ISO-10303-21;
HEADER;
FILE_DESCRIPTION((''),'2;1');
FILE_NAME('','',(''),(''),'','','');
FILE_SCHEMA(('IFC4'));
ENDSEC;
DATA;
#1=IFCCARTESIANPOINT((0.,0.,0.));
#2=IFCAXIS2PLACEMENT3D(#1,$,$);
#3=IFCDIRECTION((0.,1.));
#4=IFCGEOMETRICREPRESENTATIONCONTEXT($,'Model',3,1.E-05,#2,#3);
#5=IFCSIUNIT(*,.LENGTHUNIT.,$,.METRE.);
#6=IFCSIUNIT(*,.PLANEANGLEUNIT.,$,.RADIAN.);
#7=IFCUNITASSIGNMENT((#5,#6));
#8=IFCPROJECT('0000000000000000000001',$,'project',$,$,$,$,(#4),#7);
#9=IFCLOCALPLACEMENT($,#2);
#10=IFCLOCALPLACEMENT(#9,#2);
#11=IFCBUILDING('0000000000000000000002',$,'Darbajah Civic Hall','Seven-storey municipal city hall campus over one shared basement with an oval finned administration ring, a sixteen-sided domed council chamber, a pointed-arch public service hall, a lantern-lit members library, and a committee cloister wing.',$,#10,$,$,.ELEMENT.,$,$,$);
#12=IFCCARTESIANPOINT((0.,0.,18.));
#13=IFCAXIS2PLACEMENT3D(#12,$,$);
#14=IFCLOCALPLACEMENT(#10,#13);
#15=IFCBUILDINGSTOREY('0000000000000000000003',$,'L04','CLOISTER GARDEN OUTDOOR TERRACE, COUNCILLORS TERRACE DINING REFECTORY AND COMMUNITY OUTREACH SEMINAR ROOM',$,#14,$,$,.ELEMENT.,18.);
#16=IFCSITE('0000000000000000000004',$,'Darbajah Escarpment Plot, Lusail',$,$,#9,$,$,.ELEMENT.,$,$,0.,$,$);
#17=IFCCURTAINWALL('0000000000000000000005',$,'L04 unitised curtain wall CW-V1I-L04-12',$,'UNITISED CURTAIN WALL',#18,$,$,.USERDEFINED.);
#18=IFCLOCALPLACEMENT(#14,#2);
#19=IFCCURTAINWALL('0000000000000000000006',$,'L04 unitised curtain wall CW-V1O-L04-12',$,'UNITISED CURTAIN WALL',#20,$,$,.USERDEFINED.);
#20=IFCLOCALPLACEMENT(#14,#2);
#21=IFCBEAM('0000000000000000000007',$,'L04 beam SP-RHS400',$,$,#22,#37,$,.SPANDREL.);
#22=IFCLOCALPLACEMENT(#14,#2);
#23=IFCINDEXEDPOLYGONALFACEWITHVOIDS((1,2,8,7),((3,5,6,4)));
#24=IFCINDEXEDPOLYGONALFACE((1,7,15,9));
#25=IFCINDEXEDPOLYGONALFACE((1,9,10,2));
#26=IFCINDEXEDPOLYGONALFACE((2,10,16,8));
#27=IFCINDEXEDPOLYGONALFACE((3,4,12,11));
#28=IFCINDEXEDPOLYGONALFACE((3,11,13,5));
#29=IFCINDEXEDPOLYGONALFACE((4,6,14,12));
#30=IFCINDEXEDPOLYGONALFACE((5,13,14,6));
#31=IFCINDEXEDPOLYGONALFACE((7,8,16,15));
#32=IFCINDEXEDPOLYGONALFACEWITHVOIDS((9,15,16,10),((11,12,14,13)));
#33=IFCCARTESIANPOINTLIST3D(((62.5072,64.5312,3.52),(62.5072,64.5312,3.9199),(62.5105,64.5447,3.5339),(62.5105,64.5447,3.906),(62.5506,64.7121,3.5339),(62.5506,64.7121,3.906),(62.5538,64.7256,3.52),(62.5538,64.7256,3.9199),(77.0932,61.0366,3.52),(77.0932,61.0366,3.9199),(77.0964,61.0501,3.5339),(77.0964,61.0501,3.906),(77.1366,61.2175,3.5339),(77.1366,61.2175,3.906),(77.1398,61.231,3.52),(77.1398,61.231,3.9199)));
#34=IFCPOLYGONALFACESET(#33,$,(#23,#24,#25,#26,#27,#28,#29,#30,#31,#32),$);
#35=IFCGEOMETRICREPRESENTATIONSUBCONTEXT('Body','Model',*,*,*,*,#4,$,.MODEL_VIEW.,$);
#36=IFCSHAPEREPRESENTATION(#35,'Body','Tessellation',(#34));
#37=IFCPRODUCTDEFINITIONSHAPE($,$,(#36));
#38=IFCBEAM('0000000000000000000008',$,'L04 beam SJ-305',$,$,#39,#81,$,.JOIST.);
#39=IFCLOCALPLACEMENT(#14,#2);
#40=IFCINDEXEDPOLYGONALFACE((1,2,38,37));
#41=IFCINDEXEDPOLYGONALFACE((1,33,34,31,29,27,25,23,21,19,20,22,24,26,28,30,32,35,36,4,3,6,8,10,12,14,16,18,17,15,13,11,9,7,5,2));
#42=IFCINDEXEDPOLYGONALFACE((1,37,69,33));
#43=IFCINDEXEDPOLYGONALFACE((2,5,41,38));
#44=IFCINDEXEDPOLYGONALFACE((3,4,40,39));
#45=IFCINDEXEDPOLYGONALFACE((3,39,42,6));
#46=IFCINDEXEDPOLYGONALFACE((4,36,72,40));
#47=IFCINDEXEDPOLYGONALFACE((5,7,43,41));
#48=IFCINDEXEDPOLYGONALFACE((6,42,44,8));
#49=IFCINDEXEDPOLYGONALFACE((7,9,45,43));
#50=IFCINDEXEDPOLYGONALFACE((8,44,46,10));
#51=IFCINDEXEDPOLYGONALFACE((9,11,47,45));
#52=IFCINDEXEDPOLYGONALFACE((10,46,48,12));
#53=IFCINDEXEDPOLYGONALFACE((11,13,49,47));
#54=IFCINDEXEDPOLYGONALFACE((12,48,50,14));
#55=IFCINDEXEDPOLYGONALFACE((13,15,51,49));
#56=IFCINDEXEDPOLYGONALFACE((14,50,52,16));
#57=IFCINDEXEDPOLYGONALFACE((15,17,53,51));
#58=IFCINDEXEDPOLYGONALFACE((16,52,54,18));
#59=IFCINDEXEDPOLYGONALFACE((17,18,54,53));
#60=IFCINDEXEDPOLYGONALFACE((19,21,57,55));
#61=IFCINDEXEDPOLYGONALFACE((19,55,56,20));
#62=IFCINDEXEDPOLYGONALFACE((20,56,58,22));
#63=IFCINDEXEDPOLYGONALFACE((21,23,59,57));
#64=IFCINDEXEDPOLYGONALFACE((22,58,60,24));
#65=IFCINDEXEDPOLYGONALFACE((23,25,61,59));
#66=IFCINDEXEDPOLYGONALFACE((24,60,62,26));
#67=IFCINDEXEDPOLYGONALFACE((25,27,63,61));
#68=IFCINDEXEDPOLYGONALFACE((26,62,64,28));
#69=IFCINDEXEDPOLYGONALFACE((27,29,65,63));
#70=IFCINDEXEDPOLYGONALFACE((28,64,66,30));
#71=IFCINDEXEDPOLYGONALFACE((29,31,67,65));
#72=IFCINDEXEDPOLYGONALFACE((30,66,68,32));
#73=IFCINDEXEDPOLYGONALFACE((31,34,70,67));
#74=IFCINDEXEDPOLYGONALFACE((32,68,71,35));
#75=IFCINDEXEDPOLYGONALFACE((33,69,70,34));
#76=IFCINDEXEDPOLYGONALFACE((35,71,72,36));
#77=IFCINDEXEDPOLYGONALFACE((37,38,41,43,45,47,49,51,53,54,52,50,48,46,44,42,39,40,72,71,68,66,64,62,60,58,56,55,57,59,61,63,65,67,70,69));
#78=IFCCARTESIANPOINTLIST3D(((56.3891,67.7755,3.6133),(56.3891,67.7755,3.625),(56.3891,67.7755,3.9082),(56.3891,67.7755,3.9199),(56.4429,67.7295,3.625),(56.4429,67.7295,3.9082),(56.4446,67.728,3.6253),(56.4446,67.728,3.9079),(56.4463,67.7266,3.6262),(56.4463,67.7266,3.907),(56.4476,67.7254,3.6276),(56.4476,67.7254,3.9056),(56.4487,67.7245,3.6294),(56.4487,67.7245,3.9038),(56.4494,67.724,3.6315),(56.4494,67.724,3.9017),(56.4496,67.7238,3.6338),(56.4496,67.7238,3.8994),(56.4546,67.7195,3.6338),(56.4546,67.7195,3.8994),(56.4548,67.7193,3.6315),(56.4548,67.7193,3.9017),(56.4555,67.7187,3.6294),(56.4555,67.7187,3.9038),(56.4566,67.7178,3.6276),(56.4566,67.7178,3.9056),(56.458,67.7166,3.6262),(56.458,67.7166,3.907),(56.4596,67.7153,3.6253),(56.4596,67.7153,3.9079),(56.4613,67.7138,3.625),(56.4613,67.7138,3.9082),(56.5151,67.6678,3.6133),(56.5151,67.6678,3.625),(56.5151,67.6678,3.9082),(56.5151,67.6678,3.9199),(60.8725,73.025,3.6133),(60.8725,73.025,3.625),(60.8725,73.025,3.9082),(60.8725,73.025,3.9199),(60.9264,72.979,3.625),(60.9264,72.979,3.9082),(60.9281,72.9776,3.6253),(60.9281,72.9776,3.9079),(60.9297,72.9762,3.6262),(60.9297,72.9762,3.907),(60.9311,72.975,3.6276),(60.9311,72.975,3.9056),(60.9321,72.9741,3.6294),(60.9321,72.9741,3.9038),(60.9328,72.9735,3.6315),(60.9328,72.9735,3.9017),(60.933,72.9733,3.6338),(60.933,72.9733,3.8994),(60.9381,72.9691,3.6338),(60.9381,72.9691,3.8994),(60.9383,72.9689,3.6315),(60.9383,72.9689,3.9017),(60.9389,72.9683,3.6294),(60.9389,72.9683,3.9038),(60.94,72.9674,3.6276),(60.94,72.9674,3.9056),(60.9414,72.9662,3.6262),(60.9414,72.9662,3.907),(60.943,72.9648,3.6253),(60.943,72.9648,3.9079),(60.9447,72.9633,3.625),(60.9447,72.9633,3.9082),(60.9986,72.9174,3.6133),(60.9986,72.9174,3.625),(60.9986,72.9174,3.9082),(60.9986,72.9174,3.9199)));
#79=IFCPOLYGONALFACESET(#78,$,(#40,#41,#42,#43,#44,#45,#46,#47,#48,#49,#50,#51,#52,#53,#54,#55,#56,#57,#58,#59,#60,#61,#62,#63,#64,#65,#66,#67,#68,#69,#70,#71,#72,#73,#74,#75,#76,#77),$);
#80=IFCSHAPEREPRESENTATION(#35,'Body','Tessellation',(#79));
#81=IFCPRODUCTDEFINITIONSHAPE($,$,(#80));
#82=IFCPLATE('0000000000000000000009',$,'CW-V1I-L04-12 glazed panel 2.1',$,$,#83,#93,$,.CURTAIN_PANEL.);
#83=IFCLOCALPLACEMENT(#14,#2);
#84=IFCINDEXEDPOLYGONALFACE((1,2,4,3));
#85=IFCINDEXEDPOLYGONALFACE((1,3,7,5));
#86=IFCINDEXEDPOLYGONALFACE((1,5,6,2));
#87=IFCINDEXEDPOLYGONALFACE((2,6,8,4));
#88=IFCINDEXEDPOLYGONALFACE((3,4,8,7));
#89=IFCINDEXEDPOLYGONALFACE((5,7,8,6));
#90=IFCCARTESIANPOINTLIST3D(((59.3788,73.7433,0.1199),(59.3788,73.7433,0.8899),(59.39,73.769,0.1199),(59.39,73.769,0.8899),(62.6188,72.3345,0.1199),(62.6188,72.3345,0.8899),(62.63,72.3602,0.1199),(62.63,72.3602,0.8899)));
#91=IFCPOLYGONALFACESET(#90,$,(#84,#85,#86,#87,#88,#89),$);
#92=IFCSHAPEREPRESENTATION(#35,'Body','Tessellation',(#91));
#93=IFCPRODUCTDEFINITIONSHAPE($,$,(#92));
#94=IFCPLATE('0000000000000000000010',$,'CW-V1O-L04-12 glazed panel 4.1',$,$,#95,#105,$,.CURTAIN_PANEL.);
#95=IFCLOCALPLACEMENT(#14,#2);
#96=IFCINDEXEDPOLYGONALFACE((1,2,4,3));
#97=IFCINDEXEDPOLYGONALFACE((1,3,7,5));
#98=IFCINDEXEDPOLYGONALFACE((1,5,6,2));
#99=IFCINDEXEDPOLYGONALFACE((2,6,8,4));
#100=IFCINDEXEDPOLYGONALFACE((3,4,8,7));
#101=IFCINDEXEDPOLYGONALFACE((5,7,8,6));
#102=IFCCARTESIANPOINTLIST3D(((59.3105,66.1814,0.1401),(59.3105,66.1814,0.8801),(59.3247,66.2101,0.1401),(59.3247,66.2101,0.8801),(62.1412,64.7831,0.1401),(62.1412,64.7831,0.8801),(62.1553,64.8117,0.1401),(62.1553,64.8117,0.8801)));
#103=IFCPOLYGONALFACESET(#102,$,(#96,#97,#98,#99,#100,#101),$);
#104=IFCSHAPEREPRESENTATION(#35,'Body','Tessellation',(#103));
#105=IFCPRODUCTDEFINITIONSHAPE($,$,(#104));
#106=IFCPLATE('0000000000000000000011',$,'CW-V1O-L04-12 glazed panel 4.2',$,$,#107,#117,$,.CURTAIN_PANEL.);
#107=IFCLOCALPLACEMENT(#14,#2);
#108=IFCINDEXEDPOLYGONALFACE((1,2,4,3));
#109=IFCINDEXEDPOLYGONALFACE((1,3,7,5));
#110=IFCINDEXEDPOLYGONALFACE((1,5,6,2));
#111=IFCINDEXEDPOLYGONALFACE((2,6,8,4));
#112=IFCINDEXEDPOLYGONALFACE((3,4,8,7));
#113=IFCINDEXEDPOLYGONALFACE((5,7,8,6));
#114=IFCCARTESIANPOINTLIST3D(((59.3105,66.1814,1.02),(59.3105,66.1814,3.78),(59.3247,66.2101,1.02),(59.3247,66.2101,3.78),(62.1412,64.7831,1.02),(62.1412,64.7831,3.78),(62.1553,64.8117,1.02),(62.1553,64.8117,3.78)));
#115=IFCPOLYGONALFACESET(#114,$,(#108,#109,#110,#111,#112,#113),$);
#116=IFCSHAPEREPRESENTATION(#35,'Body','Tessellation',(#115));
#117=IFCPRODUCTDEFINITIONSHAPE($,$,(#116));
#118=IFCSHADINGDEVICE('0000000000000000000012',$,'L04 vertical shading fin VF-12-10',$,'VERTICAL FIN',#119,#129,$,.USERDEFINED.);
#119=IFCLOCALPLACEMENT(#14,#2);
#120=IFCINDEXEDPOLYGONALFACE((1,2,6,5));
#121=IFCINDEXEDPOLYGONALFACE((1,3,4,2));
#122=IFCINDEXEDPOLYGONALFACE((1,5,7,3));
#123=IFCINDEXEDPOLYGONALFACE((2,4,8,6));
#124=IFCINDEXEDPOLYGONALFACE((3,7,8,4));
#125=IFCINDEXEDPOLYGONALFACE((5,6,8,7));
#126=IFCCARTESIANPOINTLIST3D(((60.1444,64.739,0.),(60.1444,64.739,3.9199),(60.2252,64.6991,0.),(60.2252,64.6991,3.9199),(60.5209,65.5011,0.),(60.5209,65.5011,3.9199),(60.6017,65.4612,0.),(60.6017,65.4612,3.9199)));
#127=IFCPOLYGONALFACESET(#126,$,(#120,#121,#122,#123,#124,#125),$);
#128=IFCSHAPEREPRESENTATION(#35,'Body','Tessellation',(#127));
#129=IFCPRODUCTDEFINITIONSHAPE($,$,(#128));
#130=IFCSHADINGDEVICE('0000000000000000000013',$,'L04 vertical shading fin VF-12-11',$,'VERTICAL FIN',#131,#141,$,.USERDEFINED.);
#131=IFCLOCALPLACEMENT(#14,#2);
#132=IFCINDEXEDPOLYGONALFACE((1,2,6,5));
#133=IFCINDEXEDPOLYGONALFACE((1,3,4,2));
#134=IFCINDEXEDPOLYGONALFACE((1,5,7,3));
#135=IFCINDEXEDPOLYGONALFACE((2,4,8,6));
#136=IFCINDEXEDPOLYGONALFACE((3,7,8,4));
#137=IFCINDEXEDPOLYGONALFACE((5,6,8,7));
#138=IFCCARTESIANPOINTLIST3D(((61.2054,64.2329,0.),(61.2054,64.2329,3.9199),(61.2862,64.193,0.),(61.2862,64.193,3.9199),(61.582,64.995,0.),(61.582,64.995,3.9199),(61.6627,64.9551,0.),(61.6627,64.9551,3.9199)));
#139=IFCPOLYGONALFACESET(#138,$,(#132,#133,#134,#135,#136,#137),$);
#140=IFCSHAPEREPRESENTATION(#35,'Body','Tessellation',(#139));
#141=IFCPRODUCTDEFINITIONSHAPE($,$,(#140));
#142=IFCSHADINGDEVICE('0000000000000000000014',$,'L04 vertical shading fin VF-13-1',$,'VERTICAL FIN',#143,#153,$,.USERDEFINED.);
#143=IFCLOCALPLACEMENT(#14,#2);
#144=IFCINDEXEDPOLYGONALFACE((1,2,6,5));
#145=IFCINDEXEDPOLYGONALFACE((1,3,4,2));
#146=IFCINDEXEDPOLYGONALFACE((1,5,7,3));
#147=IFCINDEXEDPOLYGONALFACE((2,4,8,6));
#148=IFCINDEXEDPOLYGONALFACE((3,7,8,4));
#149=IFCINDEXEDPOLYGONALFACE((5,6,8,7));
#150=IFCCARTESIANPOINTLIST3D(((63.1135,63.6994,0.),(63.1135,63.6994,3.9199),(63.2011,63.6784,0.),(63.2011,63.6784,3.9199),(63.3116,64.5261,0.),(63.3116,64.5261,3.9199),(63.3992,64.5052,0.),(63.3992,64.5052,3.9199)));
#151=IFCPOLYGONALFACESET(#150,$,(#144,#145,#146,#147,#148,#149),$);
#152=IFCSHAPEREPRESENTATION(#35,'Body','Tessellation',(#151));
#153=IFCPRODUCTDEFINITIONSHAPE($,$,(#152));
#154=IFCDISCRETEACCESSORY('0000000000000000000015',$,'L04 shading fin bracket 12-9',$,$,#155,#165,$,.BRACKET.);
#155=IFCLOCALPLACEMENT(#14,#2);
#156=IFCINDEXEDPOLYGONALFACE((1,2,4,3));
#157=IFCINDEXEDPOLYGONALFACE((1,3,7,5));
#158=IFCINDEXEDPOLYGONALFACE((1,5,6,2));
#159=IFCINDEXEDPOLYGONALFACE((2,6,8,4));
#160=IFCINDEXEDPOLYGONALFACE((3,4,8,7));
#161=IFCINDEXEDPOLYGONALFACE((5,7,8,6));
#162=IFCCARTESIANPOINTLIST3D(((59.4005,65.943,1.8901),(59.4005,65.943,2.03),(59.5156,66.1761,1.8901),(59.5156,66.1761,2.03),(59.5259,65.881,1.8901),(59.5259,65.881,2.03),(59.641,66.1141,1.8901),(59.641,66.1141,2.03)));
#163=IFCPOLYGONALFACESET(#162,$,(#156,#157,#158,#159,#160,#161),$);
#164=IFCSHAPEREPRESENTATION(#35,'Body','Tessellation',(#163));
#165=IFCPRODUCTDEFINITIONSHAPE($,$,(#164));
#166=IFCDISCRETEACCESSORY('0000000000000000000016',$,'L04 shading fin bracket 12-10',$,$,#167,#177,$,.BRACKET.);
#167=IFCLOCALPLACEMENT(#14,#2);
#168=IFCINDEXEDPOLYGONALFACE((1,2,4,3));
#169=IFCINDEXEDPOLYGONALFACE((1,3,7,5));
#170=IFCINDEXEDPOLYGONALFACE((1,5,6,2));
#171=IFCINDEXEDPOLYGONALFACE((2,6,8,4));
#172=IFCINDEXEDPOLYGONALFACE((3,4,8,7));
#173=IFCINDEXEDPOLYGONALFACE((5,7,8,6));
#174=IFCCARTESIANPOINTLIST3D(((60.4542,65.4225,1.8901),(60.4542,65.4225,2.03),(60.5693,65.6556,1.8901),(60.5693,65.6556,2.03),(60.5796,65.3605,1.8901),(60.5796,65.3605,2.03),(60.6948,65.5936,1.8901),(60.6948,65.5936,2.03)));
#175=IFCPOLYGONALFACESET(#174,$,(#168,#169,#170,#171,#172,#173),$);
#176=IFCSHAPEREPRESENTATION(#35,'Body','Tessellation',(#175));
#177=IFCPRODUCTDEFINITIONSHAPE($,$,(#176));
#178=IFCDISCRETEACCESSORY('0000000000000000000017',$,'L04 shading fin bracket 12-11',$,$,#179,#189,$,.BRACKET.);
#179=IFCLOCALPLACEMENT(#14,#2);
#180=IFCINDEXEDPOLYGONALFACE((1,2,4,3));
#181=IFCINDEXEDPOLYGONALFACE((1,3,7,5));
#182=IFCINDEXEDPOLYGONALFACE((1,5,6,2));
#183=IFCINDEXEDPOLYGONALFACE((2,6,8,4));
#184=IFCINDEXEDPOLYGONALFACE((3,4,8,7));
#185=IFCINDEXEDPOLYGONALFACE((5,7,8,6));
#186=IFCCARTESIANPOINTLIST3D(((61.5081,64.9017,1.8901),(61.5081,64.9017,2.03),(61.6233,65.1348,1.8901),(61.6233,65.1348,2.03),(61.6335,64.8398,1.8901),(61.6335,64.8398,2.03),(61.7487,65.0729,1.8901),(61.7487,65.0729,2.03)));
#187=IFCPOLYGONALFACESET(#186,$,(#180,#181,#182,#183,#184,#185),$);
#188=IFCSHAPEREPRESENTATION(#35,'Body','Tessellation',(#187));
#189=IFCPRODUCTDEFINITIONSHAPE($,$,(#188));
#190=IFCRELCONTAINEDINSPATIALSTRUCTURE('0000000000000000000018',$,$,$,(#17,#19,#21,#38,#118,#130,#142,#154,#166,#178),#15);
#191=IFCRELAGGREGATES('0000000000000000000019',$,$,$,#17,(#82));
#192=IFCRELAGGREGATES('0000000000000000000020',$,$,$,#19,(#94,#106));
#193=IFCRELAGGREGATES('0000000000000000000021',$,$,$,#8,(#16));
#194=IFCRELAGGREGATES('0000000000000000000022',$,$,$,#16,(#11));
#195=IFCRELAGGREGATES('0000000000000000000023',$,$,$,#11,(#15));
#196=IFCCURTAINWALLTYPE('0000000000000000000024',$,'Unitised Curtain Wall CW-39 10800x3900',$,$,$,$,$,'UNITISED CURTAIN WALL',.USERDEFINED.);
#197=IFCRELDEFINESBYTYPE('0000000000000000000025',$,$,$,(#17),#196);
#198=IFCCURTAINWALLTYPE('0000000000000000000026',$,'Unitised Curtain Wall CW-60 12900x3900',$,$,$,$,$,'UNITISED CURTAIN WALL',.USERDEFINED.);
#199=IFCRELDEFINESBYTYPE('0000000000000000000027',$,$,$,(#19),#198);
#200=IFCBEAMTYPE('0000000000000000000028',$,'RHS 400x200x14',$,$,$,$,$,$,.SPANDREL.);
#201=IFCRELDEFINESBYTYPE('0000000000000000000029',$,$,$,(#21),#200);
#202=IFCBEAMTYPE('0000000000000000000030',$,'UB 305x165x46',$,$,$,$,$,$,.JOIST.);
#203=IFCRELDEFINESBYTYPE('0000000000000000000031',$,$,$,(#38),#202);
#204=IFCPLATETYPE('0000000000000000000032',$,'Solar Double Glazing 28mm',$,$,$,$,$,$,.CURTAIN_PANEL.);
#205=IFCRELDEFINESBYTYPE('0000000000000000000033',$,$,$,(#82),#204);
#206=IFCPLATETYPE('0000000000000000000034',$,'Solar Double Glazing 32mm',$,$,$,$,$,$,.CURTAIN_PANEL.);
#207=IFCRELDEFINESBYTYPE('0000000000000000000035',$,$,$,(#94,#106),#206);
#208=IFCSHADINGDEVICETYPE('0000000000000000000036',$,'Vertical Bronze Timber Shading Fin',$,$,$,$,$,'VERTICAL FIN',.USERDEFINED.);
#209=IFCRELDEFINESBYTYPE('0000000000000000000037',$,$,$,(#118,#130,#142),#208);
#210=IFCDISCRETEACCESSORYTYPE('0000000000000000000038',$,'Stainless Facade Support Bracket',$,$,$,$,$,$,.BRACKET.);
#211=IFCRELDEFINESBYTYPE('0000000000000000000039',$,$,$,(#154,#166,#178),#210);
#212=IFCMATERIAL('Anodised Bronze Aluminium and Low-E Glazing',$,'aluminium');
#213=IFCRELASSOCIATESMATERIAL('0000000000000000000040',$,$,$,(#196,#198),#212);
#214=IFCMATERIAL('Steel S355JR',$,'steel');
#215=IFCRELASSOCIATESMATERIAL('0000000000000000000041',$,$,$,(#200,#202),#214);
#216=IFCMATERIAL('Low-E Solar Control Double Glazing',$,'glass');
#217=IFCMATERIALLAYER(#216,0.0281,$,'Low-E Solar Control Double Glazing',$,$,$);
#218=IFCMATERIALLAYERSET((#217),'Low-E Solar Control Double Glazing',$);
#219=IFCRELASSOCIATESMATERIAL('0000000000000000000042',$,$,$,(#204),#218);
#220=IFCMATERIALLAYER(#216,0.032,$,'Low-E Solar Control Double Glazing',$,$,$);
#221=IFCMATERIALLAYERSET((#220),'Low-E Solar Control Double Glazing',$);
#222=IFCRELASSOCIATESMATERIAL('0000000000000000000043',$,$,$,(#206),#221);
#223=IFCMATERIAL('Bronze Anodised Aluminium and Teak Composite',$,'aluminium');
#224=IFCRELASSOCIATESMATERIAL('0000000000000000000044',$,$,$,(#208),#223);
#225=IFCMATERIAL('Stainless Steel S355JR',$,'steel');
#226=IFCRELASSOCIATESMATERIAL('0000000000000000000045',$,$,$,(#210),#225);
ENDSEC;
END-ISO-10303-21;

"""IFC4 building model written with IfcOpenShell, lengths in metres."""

from ifc_helpers import new_model, si_unit, direction, frame, origin, origin_2d, place, context, subcontext, project, spatial, rectangle, hollow_rectangle, i_section, extrude, material, layer, layer_set, material_profile, profile_set, type_object, element, aggregate, save


model = new_model("IFC4")

# Units and contexts
model_context = context("Model", 3, precision=1e-05, world=origin(), true_north=direction((0.0, 1.0)))
body_context = subcontext(model_context, "Body", "Model", "MODEL_VIEW")
ifc_project = project(units=[si_unit("LENGTHUNIT", "METRE"), si_unit("PLANEANGLEUNIT", "RADIAN")], contexts=[model_context])

# Site, building, storey
site_placement = place(None, origin())
site = spatial("IfcSite", under=ifc_project, at=site_placement, Name="Darbajah Escarpment Plot, Lusail", CompositionType="ELEMENT", RefElevation=0.0)
building_placement = place(site_placement, origin())
building = spatial("IfcBuilding", under=site, at=building_placement, Name="Darbajah Civic Hall", Description="Seven-storey municipal city hall campus over one shared basement with an oval finned administration ring, a sixteen-sided domed council chamber, a pointed-arch public service hall, a lantern-lit members library, and a committee cloister wing.", CompositionType="ELEMENT")
storey_placement = place(building_placement, frame((0.0, 0.0, 18.0)))
storey = spatial("IfcBuildingStorey", under=building, at=storey_placement, Name="L04", Description="CLOISTER GARDEN OUTDOOR TERRACE, COUNCILLORS TERRACE DINING REFECTORY AND COMMUNITY OUTREACH SEMINAR ROOM", CompositionType="ELEMENT", Elevation=18.0)

# Curtain walls
ifc_material_1 = material(Name="Anodised Bronze Aluminium and Low-E Glazing", Category="aluminium")
curtain_wall_type_1 = type_object("IfcCurtainWallType", Name="Unitised Curtain Wall CW-39 10800x3900", ElementType="UNITISED CURTAIN WALL", PredefinedType="USERDEFINED", material=ifc_material_1)
curtain_wall_1_placement = place(storey_placement, origin())
curtain_wall_1 = element("IfcCurtainWall", 1, at=curtain_wall_1_placement, inside=storey, type_object=curtain_wall_type_1, Name="L04 unitised curtain wall CW-V1I-L04-12", ObjectType="UNITISED CURTAIN WALL", PredefinedType="USERDEFINED")
curtain_wall_type_2 = type_object("IfcCurtainWallType", Name="Unitised Curtain Wall CW-60 12900x3900", ElementType="UNITISED CURTAIN WALL", PredefinedType="USERDEFINED", material=ifc_material_1)
curtain_wall_2_placement = place(storey_placement, origin())
curtain_wall_2 = element("IfcCurtainWall", 2, at=curtain_wall_2_placement, inside=storey, type_object=curtain_wall_type_2, Name="L04 unitised curtain wall CW-V1O-L04-12", ObjectType="UNITISED CURTAIN WALL", PredefinedType="USERDEFINED")

# Beams
ifc_material_2 = material(Name="Steel S355JR", Category="steel")
ifc_material_profile_1 = material_profile(ifc_material_2, hollow_rectangle(XDim=0.2, YDim=0.3999, WallThickness=0.0139, at=origin_2d()), Name="RHS 400x200x14")
ifc_profile_set_1 = profile_set([ifc_material_profile_1], Name="Steel S355JR")
beam_type_1 = type_object("IfcBeamType", Name="RHS 400x200x14", PredefinedType="SPANDREL", material=ifc_profile_set_1)
beam_1_placement = place(storey_placement, frame((62.5305, 64.6284, 3.72), z_axis=(0.972478, -0.232995, 0.0), x_axis=(0.232995, 0.972478, 0.0)))
element("IfcBeam", 3, at=beam_1_placement, inside=storey, type_object=beam_type_1, Name="L04 beam SP-RHS400", PredefinedType="SPANDREL", context=body_context, shape_type="SweptSolid", body=[
    extrude(hollow_rectangle(XDim=0.2, YDim=0.3999, WallThickness=0.0139, at=origin_2d()), origin(), (0.0, 0.0, 1.0), 14.9988),
])
ifc_material_profile_2 = material_profile(ifc_material_2, i_section(OverallWidth=0.1658, OverallDepth=0.3066, WebThickness=0.0066, FlangeThickness=0.0117, FilletRadius=0.0088, at=origin_2d()), Name="UB 305x165x46")
ifc_profile_set_2 = profile_set([ifc_material_profile_2], Name="Steel S355JR")
beam_type_2 = type_object("IfcBeamType", Name="UB 305x165x46", PredefinedType="JOIST", material=ifc_profile_set_2)
beam_2_placement = place(storey_placement, frame((60.9355, 72.9712, 3.7666), z_axis=(-0.649439, -0.760414, 0.0), x_axis=(0.760414, -0.649439, 0.0)))
element("IfcBeam", 4, at=beam_2_placement, inside=storey, type_object=beam_type_2, Name="L04 beam SJ-305", PredefinedType="JOIST", context=body_context, shape_type="SweptSolid", body=[
    extrude(i_section(OverallWidth=0.1658, OverallDepth=0.3066, WebThickness=0.0066, FlangeThickness=0.0117, FilletRadius=0.0088, at=origin_2d()), origin(), (0.0, 0.0, 1.0), 6.9036),
])

# Plates
ifc_material_3 = material(Name="Low-E Solar Control Double Glazing", Category="glass")
ifc_layer_1 = layer(ifc_material_3, 0.0281, Name="Low-E Solar Control Double Glazing")
ifc_layer_set_1 = layer_set([ifc_layer_1], Name="Low-E Solar Control Double Glazing")
plate_type_1 = type_object("IfcPlateType", Name="Solar Double Glazing 28mm", PredefinedType="CURTAIN_PANEL", material=ifc_layer_set_1)
plate_1_placement = place(storey_placement, frame((61.0044, 73.0518, 0.1199), z_axis=(0.0, 0.0, 1.0), x_axis=(0.91706, -0.398749, 0.0)))
plate_1 = element("IfcPlate", 5, at=plate_1_placement, type_object=plate_type_1, Name="CW-V1I-L04-12 glazed panel 2.1", PredefinedType="CURTAIN_PANEL", context=body_context, shape_type="SweptSolid", body=[
    extrude(rectangle(XDim=3.533, YDim=0.0281, at=origin_2d()), origin(), (0.0, 0.0, 1.0), 0.77),
])
aggregate(curtain_wall_1, [plate_1])
ifc_layer_2 = layer(ifc_material_3, 0.032, Name="Low-E Solar Control Double Glazing")
ifc_layer_set_2 = layer_set([ifc_layer_2], Name="Low-E Solar Control Double Glazing")
plate_type_2 = type_object("IfcPlateType", Name="Solar Double Glazing 32mm", PredefinedType="CURTAIN_PANEL", material=ifc_layer_set_2)
plate_2_placement = place(storey_placement, frame((60.7329, 65.4966, 0.1401), z_axis=(0.0, 0.0, 1.0), x_axis=(0.896564, -0.442915, 0.0)))
plate_2 = element("IfcPlate", 6, at=plate_2_placement, type_object=plate_type_2, Name="CW-V1O-L04-12 glazed panel 4.1", PredefinedType="CURTAIN_PANEL", context=body_context, shape_type="SweptSolid", body=[
    extrude(rectangle(XDim=3.1572, YDim=0.032, at=origin_2d()), origin(), (0.0, 0.0, 1.0), 0.74),
])
plate_3_placement = place(storey_placement, frame((60.7329, 65.4966, 1.02), z_axis=(0.0, 0.0, 1.0), x_axis=(0.896564, -0.442915, 0.0)))
plate_3 = element("IfcPlate", 7, at=plate_3_placement, type_object=plate_type_2, Name="CW-V1O-L04-12 glazed panel 4.2", PredefinedType="CURTAIN_PANEL", context=body_context, shape_type="SweptSolid", body=[
    extrude(rectangle(XDim=3.1572, YDim=0.032, at=origin_2d()), origin(), (0.0, 0.0, 1.0), 2.76),
])
aggregate(curtain_wall_2, [plate_2, plate_3])

# Shading devices
ifc_material_4 = material(Name="Bronze Anodised Aluminium and Teak Composite", Category="aluminium")
shading_device_type = type_object("IfcShadingDeviceType", Name="Vertical Bronze Timber Shading Fin", ElementType="VERTICAL FIN", PredefinedType="USERDEFINED", material=ifc_material_4)
for number, where, z_axis, x_axis, name in (
    (8, (60.373, 65.1001, 0.0), (0.0, 0.0, 1.0), (-0.442915, -0.896564, 0.0), "L04 vertical shading fin VF-12-10"),
    (9, (61.4341, 64.594, 0.0), (0.0, 0.0, 1.0), (-0.442915, -0.896564, 0.0), "L04 vertical shading fin VF-12-11"),
    (10, (63.2563, 64.1023, 0.0), (0.0, 0.0, 1.0), (-0.232936, -0.972492, 0.0), "L04 vertical shading fin VF-13-1"),
):
    element("IfcShadingDevice", number, at=place(storey_placement, frame(where, z_axis=z_axis, x_axis=x_axis)), inside=storey, type_object=shading_device_type, Name=name, ObjectType="VERTICAL FIN", PredefinedType="USERDEFINED", context=body_context, shape_type="SweptSolid", body=[
        extrude(rectangle(XDim=0.8501, YDim=0.0901, at=origin_2d()), origin(), (0.0, 0.0, 1.0), 3.9199),
    ])

# Discrete accessories
ifc_material_5 = material(Name="Stainless Steel S355JR", Category="steel")
discrete_accessory_type = type_object("IfcDiscreteAccessoryType", Name="Stainless Facade Support Bracket", PredefinedType="BRACKET", material=ifc_material_5)
for number, where, z_axis, x_axis, name in (
    (11, (59.5208, 66.0286, 1.8901), (0.0, 0.0, 1.0), (-0.442915, -0.896564, 0.0), "L04 shading fin bracket 12-9"),
    (12, (60.5745, 65.5081, 1.8901), (0.0, 0.0, 1.0), (-0.442915, -0.896564, 0.0), "L04 shading fin bracket 12-10"),
    (13, (61.6284, 64.9873, 1.8901), (0.0, 0.0, 1.0), (-0.442915, -0.896564, 0.0), "L04 shading fin bracket 12-11"),
):
    element("IfcDiscreteAccessory", number, at=place(storey_placement, frame(where, z_axis=z_axis, x_axis=x_axis)), inside=storey, type_object=discrete_accessory_type, Name=name, PredefinedType="BRACKET", context=body_context, shape_type="SweptSolid", body=[
        extrude(rectangle(XDim=0.26, YDim=0.1399, at=origin_2d()), origin(), (0.0, 0.0, 1.0), 0.1399),
    ])

save(model, "model.ifc")
